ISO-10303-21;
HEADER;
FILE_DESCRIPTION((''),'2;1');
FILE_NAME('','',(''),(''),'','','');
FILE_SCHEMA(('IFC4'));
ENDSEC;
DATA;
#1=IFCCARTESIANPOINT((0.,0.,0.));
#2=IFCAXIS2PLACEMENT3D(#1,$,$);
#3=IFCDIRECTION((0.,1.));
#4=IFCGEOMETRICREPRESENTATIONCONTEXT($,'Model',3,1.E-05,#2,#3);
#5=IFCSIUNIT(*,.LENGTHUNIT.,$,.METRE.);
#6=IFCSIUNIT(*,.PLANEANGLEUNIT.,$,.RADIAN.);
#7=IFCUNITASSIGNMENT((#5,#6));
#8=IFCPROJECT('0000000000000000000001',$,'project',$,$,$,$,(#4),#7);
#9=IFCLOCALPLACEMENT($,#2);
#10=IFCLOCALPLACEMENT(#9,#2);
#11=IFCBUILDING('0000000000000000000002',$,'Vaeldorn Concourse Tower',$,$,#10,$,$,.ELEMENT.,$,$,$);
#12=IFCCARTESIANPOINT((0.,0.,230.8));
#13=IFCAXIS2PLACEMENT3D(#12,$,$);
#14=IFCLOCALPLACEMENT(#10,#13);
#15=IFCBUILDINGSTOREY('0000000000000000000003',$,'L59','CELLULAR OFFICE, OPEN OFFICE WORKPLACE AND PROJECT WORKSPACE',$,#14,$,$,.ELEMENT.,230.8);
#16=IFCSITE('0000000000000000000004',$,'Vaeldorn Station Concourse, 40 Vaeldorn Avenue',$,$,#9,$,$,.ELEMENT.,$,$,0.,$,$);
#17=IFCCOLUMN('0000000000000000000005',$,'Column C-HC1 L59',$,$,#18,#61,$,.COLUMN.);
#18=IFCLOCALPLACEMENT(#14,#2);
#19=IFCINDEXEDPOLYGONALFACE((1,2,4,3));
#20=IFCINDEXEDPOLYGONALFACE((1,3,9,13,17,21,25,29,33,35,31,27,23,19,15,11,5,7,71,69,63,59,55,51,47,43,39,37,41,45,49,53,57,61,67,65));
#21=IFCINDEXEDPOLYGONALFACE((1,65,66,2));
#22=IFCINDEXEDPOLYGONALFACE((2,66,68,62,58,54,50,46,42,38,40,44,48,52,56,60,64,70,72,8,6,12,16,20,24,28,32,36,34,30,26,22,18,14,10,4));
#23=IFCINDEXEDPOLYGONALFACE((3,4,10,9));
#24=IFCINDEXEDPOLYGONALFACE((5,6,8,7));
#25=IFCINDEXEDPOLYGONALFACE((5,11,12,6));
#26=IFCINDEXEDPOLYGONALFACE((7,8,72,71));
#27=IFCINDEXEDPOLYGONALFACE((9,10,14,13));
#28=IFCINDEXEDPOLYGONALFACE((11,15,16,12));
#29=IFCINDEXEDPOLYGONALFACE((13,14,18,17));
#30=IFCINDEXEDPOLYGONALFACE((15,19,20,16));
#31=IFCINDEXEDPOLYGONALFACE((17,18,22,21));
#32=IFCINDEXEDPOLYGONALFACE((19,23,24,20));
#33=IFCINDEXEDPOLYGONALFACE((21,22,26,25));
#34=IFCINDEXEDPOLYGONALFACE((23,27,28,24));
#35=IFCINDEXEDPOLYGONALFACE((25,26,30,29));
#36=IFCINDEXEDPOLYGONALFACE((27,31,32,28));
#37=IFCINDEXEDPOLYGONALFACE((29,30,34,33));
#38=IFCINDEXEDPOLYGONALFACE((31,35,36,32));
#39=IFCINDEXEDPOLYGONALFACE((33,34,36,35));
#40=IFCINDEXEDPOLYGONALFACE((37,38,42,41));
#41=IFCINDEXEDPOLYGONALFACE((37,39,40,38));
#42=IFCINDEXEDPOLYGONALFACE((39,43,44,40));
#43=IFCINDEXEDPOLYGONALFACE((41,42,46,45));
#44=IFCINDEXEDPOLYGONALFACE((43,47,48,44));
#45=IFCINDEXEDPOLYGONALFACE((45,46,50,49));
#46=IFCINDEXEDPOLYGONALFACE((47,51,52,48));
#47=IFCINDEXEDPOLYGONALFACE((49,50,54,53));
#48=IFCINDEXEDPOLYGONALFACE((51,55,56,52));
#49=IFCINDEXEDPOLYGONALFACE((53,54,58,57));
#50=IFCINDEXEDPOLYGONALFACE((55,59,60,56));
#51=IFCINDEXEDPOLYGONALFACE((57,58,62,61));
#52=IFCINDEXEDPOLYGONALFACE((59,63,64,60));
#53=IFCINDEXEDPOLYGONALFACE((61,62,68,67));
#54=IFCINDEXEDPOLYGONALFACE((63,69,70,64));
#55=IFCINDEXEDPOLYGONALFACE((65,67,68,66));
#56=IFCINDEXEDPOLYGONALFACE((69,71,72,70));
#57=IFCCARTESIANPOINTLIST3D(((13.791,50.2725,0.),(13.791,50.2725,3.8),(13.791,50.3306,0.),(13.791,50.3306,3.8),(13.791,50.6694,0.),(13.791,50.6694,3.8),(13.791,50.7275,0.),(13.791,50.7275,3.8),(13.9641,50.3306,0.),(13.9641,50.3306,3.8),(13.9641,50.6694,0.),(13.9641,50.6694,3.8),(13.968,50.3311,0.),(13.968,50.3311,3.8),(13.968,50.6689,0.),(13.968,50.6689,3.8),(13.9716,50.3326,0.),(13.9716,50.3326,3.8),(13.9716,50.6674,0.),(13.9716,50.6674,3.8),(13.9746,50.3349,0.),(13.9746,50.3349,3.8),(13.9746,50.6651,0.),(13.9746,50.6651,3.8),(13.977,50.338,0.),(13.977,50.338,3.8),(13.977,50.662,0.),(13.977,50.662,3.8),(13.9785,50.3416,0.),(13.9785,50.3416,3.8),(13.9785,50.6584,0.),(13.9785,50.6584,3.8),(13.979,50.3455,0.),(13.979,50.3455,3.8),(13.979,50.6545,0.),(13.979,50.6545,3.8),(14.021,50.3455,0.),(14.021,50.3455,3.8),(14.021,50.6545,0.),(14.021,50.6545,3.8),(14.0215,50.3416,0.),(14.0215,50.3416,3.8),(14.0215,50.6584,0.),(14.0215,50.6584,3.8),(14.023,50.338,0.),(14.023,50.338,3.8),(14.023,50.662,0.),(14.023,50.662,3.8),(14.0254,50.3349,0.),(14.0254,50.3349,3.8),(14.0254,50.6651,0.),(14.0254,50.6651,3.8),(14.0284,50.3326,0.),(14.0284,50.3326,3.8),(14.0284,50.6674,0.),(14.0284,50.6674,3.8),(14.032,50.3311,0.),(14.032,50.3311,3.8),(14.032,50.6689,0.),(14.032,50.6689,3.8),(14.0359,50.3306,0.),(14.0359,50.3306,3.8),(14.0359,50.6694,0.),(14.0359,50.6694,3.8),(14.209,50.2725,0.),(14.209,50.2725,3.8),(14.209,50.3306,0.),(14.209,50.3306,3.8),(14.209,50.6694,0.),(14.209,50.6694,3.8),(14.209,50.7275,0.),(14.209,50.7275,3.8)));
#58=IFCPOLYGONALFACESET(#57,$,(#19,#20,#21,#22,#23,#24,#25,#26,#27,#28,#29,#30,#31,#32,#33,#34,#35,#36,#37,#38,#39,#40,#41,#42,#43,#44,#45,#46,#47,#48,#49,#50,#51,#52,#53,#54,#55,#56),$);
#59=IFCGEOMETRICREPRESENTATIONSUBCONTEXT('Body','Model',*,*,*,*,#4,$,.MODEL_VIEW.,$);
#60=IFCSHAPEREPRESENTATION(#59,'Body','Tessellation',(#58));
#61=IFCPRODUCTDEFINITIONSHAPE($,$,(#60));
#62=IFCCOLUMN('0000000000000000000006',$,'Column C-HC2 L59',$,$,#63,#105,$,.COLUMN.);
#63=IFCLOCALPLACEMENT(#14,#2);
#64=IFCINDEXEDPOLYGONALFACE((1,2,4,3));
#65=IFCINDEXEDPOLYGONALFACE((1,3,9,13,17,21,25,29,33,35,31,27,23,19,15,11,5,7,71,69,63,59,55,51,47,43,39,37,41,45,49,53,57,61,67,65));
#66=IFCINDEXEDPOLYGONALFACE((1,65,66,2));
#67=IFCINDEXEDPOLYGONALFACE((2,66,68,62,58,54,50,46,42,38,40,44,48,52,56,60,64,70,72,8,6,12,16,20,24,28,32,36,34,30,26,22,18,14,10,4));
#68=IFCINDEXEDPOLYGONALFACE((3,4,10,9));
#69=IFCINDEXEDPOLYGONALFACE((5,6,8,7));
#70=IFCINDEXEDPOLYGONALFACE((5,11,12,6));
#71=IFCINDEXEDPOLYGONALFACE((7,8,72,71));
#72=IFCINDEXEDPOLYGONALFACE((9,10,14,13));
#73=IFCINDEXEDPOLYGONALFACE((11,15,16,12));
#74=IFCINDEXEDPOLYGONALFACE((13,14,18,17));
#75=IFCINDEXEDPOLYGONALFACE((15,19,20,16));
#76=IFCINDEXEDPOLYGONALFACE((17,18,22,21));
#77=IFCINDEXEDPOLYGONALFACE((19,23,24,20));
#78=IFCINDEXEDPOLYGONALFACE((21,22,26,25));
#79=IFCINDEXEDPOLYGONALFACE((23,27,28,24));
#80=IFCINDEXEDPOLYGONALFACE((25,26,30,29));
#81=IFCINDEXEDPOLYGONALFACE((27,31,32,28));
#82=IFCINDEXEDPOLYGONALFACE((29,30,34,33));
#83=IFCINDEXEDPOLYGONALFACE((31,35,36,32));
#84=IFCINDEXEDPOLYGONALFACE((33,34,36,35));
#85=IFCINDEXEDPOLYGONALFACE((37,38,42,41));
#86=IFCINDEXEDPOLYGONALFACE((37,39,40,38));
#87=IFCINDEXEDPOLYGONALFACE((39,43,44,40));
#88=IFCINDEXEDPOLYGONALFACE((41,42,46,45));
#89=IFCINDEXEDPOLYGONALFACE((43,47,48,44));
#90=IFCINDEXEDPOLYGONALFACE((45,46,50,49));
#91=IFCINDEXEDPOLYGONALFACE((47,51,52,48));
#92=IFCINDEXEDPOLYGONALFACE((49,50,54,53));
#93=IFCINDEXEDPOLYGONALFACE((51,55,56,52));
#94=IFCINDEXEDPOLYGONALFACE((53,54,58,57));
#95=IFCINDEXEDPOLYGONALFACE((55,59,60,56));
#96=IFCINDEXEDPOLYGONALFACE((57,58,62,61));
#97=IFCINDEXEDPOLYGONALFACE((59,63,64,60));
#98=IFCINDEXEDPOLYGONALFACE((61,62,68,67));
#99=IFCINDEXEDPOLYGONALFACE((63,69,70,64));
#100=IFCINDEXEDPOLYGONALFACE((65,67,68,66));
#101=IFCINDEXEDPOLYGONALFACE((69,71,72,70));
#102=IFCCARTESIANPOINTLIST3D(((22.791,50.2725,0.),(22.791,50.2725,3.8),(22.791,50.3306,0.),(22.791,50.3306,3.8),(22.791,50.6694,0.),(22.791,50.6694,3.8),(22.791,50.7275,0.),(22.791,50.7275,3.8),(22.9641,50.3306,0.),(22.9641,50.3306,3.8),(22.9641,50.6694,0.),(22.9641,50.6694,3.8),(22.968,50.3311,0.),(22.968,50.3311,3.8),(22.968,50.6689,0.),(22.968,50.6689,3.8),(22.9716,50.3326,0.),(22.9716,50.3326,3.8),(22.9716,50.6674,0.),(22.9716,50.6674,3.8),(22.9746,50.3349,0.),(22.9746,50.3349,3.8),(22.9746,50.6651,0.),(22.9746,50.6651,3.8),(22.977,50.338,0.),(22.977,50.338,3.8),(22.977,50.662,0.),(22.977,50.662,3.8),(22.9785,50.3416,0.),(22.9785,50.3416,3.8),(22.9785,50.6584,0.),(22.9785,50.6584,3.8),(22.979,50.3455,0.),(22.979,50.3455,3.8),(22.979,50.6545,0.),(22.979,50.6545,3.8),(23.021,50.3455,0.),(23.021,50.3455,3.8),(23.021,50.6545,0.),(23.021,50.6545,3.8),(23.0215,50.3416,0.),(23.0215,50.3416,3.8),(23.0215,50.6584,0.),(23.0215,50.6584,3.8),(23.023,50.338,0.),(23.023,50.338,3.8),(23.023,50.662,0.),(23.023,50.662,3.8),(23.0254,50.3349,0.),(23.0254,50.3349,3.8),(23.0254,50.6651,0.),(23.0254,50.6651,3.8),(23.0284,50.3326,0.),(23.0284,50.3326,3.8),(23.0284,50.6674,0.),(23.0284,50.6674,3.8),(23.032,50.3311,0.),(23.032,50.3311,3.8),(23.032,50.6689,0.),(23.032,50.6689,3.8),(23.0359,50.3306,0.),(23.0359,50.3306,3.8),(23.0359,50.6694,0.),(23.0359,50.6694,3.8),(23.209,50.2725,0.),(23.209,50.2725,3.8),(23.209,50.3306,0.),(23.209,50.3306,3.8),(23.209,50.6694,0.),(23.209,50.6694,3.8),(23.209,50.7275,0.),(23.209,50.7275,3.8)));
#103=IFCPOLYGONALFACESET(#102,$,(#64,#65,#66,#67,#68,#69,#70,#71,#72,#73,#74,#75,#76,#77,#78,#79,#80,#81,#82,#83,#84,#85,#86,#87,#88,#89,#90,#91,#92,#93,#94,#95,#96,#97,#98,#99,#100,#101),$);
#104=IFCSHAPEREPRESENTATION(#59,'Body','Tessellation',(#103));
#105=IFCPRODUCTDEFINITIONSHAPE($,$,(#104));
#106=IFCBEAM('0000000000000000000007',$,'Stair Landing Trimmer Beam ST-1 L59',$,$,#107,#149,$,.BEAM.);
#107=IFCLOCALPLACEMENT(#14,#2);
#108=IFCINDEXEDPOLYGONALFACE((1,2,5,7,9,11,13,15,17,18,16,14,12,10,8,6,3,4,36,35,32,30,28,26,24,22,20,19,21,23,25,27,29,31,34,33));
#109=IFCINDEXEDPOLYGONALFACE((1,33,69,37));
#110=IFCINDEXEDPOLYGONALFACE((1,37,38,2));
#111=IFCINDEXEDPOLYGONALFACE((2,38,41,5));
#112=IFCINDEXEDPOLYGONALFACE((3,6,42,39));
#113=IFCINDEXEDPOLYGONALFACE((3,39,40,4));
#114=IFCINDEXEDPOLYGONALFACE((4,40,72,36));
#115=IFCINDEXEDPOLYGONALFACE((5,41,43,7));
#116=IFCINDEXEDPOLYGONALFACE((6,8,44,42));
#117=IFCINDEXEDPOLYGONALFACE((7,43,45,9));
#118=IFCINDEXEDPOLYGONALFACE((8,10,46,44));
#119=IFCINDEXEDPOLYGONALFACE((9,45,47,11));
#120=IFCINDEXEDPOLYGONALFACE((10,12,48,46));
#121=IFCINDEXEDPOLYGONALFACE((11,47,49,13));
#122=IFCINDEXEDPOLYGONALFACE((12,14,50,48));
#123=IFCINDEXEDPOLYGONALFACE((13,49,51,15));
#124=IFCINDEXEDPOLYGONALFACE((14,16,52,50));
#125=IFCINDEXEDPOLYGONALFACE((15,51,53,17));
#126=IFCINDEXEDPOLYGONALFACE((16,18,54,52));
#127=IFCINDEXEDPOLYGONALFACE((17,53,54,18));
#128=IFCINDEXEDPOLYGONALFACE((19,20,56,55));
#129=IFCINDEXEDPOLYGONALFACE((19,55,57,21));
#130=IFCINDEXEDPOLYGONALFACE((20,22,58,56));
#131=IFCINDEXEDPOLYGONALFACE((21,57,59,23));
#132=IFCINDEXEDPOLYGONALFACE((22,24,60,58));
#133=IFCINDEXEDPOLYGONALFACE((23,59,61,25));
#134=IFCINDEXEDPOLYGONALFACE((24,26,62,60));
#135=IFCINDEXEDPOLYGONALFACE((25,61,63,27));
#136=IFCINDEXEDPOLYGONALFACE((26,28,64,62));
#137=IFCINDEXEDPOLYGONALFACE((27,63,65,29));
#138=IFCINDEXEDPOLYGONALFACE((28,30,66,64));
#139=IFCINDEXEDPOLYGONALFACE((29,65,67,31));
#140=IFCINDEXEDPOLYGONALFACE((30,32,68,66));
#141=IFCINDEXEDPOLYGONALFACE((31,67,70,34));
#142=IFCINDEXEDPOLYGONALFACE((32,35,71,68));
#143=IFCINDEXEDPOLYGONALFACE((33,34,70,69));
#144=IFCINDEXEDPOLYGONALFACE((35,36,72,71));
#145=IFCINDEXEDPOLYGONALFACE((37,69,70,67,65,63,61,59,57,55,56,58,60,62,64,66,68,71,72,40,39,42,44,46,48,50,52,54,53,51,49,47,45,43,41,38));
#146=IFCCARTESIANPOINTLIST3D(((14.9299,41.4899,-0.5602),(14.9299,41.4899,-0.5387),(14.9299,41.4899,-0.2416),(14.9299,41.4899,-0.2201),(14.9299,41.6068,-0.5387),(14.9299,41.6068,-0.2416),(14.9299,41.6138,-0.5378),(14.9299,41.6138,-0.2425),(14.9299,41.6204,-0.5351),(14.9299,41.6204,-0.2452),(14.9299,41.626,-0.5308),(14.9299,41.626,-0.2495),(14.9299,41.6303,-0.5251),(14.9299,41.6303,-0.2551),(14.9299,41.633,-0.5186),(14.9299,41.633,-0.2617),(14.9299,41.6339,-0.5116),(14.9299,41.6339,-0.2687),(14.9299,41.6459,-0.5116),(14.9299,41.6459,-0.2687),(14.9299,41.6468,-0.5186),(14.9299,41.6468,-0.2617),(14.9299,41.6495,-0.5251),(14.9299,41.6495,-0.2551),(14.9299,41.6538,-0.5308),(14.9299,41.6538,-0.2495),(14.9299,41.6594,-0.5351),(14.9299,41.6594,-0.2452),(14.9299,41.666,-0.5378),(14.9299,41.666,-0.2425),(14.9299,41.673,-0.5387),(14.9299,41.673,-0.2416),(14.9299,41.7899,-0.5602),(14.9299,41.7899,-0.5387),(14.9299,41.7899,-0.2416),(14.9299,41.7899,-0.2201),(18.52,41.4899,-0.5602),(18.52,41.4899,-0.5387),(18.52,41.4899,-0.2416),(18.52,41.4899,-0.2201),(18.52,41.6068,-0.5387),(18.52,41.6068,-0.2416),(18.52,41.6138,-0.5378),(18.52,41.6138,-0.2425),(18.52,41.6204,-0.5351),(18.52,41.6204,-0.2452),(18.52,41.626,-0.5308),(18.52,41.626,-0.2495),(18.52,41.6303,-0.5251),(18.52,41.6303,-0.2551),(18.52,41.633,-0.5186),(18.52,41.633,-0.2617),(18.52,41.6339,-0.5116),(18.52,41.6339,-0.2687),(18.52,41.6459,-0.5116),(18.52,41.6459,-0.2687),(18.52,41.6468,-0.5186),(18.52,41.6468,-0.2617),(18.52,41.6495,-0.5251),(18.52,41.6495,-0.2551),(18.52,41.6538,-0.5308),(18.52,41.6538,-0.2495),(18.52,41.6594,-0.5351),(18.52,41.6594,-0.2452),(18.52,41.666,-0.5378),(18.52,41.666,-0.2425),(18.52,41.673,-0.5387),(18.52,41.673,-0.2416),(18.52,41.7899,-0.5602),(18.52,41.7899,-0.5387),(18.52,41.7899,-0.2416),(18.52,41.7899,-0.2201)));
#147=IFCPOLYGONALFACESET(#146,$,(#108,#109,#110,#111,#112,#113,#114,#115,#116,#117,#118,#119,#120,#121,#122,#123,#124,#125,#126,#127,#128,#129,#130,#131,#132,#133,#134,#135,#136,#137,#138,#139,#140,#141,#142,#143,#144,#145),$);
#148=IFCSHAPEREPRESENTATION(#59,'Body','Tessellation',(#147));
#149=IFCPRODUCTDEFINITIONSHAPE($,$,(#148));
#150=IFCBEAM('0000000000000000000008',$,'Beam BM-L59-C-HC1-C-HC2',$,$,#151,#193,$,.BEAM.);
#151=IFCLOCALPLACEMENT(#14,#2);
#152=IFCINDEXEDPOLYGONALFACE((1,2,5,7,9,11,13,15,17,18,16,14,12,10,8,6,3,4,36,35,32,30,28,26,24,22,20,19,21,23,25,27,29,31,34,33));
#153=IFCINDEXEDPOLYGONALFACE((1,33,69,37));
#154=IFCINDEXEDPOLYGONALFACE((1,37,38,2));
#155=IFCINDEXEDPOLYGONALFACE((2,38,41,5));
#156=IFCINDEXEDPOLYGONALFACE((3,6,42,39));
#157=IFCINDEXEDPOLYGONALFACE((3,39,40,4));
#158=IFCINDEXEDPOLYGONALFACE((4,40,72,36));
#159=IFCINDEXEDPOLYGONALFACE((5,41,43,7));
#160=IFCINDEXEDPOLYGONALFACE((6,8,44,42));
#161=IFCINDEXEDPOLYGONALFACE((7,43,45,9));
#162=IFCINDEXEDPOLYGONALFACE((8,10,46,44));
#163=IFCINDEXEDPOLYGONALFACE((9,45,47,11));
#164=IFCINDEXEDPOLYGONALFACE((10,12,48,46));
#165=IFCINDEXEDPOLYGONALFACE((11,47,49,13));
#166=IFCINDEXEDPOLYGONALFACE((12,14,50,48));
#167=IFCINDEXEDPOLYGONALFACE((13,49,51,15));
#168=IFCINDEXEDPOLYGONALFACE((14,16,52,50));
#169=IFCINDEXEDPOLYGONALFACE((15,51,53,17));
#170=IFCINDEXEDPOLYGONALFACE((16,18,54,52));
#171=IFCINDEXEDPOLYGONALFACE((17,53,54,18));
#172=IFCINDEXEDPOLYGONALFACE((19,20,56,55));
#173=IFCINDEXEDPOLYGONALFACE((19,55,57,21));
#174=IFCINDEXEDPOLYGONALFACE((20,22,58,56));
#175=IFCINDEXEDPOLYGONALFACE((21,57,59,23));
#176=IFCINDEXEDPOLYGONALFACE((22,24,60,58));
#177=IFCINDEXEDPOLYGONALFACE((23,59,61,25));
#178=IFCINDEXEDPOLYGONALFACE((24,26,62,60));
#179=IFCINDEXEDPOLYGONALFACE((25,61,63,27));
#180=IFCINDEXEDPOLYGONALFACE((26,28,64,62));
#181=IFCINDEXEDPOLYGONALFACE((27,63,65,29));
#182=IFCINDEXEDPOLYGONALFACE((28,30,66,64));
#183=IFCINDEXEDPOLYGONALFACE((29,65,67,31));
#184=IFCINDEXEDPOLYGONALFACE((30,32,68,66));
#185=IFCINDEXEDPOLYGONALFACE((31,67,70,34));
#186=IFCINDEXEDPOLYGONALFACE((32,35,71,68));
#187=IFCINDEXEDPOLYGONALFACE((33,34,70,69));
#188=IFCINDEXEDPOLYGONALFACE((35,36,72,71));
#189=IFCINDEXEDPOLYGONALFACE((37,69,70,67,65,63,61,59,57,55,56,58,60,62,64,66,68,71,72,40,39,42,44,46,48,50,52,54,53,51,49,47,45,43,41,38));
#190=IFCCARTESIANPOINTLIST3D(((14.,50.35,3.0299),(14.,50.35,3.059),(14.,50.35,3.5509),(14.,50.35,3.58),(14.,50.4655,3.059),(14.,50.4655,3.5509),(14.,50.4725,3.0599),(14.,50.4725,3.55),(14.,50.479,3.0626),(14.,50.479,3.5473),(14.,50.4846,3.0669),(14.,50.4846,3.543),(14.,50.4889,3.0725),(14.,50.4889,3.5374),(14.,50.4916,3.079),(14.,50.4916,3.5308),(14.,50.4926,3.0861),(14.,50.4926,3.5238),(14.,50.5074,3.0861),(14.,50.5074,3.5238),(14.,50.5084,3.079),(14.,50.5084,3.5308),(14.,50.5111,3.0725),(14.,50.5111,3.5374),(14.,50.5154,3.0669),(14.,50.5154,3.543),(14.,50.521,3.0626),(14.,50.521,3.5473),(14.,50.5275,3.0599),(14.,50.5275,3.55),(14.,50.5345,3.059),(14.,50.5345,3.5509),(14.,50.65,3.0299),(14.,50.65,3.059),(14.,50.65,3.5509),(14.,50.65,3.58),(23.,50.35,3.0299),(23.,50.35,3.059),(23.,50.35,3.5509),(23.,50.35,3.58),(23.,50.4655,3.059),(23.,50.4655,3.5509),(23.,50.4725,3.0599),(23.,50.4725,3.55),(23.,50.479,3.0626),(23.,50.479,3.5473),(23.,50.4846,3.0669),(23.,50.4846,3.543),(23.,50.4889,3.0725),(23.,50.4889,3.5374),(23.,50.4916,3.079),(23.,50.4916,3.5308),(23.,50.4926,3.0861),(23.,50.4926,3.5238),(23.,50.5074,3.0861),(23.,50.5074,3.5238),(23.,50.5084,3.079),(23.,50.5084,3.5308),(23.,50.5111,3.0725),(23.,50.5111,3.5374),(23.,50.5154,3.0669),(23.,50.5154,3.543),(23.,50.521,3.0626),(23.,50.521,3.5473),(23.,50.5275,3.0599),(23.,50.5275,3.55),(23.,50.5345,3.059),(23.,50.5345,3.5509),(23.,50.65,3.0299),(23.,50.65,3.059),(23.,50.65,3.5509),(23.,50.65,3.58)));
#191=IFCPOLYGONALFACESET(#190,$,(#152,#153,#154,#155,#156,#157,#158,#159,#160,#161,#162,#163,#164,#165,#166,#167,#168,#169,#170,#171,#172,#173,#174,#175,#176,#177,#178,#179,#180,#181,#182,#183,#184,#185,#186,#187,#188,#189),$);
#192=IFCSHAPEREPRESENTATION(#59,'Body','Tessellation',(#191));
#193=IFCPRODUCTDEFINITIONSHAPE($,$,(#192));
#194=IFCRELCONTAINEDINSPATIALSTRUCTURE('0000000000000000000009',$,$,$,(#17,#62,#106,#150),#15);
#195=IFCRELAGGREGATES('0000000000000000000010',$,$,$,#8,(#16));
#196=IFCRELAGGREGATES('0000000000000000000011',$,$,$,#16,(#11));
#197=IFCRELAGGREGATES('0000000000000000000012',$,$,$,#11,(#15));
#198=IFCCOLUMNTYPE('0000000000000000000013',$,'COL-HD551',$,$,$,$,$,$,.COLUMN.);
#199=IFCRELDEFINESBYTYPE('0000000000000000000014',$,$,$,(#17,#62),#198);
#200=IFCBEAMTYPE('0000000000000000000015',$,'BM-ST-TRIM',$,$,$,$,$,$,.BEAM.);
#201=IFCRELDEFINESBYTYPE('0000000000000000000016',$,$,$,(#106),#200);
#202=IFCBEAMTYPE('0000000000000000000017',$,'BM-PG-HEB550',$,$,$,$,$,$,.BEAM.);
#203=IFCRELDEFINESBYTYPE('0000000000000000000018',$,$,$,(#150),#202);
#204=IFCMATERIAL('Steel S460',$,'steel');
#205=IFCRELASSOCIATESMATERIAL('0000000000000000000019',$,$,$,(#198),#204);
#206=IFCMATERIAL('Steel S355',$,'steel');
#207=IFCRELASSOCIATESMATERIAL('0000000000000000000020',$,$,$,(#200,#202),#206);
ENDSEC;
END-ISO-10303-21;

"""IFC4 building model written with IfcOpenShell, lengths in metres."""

from ifc_helpers import new_model, si_unit, direction, frame, origin, origin_2d, place, context, subcontext, project, spatial, i_section, extrude, source, transform, mapped, material, material_profile, profile_set, type_object, element, save


model = new_model("IFC4")

# Units and contexts
model_context = context("Model", 3, precision=1e-05, world=origin(), true_north=direction((0.0, 1.0)))
body_context = subcontext(model_context, "Body", "Model", "MODEL_VIEW")
ifc_project = project(units=[si_unit("LENGTHUNIT", "METRE"), si_unit("PLANEANGLEUNIT", "RADIAN")], contexts=[model_context])

# Site, building, storey
site_placement = place(None, origin())
site = spatial("IfcSite", under=ifc_project, at=site_placement, Name="Vaeldorn Station Concourse, 40 Vaeldorn Avenue", CompositionType="ELEMENT", RefElevation=0.0)
building_placement = place(site_placement, origin())
building = spatial("IfcBuilding", under=site, at=building_placement, Name="Vaeldorn Concourse Tower", CompositionType="ELEMENT")
storey_placement = place(building_placement, frame((0.0, 0.0, 230.8)))
storey = spatial("IfcBuildingStorey", under=building, at=storey_placement, Name="L59", Description="CELLULAR OFFICE, OPEN OFFICE WORKPLACE AND PROJECT WORKSPACE", CompositionType="ELEMENT", Elevation=230.8)

# Columns
ifc_material_1 = material(Name="Steel S460", Category="steel")
ifc_material_profile_1 = material_profile(ifc_material_1, i_section(OverallWidth=0.418, OverallDepth=0.4551, WebThickness=0.042, FlangeThickness=0.0581, FilletRadius=0.0149, at=origin_2d()), Name="HD 400x551")
ifc_profile_set_1 = profile_set([ifc_material_profile_1], Name="Steel S460")
column_type = type_object("IfcColumnType", Name="COL-HD551", PredefinedType="COLUMN", material=ifc_profile_set_1)
shared_shape_1 = source(origin(), body_context, "Body", "SweptSolid", [
    extrude(i_section(OverallWidth=0.418, OverallDepth=0.4551, WebThickness=0.042, FlangeThickness=0.0581, FilletRadius=0.0149, at=origin_2d()), origin(), (0.0, 0.0, 1.0), 3.8),
])
for number, where, z_axis, x_axis, name in (
    (1, (14.0, 50.5, 0.0), (0.0, 0.0, 1.0), (1.0, 0.0, 0.0), "Column C-HC1 L59"),
    (2, (23.0, 50.5, 0.0), (0.0, 0.0, 1.0), (1.0, 0.0, 0.0), "Column C-HC2 L59"),
):
    element("IfcColumn", number, at=place(storey_placement, frame(where, z_axis=z_axis, x_axis=x_axis)), inside=storey, type_object=column_type, Name=name, PredefinedType="COLUMN", context=body_context, shape_type="MappedRepresentation", body=[
        mapped(shared_shape_1, transform((0.0, 0.0, 0.0), scale=1.0)),
    ])

# Beams
ifc_material_2 = material(Name="Steel S355", Category="steel")
ifc_material_profile_2 = material_profile(ifc_material_2, i_section(OverallWidth=0.3, OverallDepth=0.3401, WebThickness=0.012, FlangeThickness=0.0215, FilletRadius=0.0271, at=origin_2d()), Name="HEB 340")
ifc_profile_set_2 = profile_set([ifc_material_profile_2], Name="Steel S355")
beam_type_1 = type_object("IfcBeamType", Name="BM-ST-TRIM", PredefinedType="BEAM", material=ifc_profile_set_2)
shared_shape_2 = source(origin(), body_context, "Body", "SweptSolid", [
    extrude(i_section(OverallWidth=0.3, OverallDepth=0.3401, WebThickness=0.012, FlangeThickness=0.0215, FilletRadius=0.0271, at=origin_2d()), origin(), (0.0, 0.0, 1.0), 3.5901),
])
beam_1_placement = place(storey_placement, frame((14.9299, 41.6399, -0.3901), z_axis=(1.0, 0.0, 0.0), x_axis=(0.0, 1.0, 0.0)))
element("IfcBeam", 3, at=beam_1_placement, inside=storey, type_object=beam_type_1, Name="Stair Landing Trimmer Beam ST-1 L59", PredefinedType="BEAM", context=body_context, shape_type="MappedRepresentation", body=[
    mapped(shared_shape_2, transform((0.0, 0.0, 0.0), scale=1.0)),
])
ifc_material_profile_3 = material_profile(ifc_material_2, i_section(OverallWidth=0.3, OverallDepth=0.55, WebThickness=0.0149, FlangeThickness=0.0291, FilletRadius=0.0271, at=origin_2d()), Name="HEB 550")
ifc_profile_set_3 = profile_set([ifc_material_profile_3], Name="Steel S355")
beam_type_2 = type_object("IfcBeamType", Name="BM-PG-HEB550", PredefinedType="BEAM", material=ifc_profile_set_3)
shared_shape_3 = source(origin(), body_context, "Body", "SweptSolid", [
    extrude(i_section(OverallWidth=0.3, OverallDepth=0.55, WebThickness=0.0149, FlangeThickness=0.0291, FilletRadius=0.0271, at=origin_2d()), origin(), (0.0, 0.0, 1.0), 9.0),
])
beam_2_placement = place(storey_placement, frame((14.0, 50.5, 3.3049), z_axis=(1.0, 0.0, 0.0), x_axis=(0.0, 1.0, 0.0)))
element("IfcBeam", 4, at=beam_2_placement, inside=storey, type_object=beam_type_2, Name="Beam BM-L59-C-HC1-C-HC2", PredefinedType="BEAM", context=body_context, shape_type="MappedRepresentation", body=[
    mapped(shared_shape_3, transform((0.0, 0.0, 0.0), scale=1.0)),
])

save(model, "model.ifc")
